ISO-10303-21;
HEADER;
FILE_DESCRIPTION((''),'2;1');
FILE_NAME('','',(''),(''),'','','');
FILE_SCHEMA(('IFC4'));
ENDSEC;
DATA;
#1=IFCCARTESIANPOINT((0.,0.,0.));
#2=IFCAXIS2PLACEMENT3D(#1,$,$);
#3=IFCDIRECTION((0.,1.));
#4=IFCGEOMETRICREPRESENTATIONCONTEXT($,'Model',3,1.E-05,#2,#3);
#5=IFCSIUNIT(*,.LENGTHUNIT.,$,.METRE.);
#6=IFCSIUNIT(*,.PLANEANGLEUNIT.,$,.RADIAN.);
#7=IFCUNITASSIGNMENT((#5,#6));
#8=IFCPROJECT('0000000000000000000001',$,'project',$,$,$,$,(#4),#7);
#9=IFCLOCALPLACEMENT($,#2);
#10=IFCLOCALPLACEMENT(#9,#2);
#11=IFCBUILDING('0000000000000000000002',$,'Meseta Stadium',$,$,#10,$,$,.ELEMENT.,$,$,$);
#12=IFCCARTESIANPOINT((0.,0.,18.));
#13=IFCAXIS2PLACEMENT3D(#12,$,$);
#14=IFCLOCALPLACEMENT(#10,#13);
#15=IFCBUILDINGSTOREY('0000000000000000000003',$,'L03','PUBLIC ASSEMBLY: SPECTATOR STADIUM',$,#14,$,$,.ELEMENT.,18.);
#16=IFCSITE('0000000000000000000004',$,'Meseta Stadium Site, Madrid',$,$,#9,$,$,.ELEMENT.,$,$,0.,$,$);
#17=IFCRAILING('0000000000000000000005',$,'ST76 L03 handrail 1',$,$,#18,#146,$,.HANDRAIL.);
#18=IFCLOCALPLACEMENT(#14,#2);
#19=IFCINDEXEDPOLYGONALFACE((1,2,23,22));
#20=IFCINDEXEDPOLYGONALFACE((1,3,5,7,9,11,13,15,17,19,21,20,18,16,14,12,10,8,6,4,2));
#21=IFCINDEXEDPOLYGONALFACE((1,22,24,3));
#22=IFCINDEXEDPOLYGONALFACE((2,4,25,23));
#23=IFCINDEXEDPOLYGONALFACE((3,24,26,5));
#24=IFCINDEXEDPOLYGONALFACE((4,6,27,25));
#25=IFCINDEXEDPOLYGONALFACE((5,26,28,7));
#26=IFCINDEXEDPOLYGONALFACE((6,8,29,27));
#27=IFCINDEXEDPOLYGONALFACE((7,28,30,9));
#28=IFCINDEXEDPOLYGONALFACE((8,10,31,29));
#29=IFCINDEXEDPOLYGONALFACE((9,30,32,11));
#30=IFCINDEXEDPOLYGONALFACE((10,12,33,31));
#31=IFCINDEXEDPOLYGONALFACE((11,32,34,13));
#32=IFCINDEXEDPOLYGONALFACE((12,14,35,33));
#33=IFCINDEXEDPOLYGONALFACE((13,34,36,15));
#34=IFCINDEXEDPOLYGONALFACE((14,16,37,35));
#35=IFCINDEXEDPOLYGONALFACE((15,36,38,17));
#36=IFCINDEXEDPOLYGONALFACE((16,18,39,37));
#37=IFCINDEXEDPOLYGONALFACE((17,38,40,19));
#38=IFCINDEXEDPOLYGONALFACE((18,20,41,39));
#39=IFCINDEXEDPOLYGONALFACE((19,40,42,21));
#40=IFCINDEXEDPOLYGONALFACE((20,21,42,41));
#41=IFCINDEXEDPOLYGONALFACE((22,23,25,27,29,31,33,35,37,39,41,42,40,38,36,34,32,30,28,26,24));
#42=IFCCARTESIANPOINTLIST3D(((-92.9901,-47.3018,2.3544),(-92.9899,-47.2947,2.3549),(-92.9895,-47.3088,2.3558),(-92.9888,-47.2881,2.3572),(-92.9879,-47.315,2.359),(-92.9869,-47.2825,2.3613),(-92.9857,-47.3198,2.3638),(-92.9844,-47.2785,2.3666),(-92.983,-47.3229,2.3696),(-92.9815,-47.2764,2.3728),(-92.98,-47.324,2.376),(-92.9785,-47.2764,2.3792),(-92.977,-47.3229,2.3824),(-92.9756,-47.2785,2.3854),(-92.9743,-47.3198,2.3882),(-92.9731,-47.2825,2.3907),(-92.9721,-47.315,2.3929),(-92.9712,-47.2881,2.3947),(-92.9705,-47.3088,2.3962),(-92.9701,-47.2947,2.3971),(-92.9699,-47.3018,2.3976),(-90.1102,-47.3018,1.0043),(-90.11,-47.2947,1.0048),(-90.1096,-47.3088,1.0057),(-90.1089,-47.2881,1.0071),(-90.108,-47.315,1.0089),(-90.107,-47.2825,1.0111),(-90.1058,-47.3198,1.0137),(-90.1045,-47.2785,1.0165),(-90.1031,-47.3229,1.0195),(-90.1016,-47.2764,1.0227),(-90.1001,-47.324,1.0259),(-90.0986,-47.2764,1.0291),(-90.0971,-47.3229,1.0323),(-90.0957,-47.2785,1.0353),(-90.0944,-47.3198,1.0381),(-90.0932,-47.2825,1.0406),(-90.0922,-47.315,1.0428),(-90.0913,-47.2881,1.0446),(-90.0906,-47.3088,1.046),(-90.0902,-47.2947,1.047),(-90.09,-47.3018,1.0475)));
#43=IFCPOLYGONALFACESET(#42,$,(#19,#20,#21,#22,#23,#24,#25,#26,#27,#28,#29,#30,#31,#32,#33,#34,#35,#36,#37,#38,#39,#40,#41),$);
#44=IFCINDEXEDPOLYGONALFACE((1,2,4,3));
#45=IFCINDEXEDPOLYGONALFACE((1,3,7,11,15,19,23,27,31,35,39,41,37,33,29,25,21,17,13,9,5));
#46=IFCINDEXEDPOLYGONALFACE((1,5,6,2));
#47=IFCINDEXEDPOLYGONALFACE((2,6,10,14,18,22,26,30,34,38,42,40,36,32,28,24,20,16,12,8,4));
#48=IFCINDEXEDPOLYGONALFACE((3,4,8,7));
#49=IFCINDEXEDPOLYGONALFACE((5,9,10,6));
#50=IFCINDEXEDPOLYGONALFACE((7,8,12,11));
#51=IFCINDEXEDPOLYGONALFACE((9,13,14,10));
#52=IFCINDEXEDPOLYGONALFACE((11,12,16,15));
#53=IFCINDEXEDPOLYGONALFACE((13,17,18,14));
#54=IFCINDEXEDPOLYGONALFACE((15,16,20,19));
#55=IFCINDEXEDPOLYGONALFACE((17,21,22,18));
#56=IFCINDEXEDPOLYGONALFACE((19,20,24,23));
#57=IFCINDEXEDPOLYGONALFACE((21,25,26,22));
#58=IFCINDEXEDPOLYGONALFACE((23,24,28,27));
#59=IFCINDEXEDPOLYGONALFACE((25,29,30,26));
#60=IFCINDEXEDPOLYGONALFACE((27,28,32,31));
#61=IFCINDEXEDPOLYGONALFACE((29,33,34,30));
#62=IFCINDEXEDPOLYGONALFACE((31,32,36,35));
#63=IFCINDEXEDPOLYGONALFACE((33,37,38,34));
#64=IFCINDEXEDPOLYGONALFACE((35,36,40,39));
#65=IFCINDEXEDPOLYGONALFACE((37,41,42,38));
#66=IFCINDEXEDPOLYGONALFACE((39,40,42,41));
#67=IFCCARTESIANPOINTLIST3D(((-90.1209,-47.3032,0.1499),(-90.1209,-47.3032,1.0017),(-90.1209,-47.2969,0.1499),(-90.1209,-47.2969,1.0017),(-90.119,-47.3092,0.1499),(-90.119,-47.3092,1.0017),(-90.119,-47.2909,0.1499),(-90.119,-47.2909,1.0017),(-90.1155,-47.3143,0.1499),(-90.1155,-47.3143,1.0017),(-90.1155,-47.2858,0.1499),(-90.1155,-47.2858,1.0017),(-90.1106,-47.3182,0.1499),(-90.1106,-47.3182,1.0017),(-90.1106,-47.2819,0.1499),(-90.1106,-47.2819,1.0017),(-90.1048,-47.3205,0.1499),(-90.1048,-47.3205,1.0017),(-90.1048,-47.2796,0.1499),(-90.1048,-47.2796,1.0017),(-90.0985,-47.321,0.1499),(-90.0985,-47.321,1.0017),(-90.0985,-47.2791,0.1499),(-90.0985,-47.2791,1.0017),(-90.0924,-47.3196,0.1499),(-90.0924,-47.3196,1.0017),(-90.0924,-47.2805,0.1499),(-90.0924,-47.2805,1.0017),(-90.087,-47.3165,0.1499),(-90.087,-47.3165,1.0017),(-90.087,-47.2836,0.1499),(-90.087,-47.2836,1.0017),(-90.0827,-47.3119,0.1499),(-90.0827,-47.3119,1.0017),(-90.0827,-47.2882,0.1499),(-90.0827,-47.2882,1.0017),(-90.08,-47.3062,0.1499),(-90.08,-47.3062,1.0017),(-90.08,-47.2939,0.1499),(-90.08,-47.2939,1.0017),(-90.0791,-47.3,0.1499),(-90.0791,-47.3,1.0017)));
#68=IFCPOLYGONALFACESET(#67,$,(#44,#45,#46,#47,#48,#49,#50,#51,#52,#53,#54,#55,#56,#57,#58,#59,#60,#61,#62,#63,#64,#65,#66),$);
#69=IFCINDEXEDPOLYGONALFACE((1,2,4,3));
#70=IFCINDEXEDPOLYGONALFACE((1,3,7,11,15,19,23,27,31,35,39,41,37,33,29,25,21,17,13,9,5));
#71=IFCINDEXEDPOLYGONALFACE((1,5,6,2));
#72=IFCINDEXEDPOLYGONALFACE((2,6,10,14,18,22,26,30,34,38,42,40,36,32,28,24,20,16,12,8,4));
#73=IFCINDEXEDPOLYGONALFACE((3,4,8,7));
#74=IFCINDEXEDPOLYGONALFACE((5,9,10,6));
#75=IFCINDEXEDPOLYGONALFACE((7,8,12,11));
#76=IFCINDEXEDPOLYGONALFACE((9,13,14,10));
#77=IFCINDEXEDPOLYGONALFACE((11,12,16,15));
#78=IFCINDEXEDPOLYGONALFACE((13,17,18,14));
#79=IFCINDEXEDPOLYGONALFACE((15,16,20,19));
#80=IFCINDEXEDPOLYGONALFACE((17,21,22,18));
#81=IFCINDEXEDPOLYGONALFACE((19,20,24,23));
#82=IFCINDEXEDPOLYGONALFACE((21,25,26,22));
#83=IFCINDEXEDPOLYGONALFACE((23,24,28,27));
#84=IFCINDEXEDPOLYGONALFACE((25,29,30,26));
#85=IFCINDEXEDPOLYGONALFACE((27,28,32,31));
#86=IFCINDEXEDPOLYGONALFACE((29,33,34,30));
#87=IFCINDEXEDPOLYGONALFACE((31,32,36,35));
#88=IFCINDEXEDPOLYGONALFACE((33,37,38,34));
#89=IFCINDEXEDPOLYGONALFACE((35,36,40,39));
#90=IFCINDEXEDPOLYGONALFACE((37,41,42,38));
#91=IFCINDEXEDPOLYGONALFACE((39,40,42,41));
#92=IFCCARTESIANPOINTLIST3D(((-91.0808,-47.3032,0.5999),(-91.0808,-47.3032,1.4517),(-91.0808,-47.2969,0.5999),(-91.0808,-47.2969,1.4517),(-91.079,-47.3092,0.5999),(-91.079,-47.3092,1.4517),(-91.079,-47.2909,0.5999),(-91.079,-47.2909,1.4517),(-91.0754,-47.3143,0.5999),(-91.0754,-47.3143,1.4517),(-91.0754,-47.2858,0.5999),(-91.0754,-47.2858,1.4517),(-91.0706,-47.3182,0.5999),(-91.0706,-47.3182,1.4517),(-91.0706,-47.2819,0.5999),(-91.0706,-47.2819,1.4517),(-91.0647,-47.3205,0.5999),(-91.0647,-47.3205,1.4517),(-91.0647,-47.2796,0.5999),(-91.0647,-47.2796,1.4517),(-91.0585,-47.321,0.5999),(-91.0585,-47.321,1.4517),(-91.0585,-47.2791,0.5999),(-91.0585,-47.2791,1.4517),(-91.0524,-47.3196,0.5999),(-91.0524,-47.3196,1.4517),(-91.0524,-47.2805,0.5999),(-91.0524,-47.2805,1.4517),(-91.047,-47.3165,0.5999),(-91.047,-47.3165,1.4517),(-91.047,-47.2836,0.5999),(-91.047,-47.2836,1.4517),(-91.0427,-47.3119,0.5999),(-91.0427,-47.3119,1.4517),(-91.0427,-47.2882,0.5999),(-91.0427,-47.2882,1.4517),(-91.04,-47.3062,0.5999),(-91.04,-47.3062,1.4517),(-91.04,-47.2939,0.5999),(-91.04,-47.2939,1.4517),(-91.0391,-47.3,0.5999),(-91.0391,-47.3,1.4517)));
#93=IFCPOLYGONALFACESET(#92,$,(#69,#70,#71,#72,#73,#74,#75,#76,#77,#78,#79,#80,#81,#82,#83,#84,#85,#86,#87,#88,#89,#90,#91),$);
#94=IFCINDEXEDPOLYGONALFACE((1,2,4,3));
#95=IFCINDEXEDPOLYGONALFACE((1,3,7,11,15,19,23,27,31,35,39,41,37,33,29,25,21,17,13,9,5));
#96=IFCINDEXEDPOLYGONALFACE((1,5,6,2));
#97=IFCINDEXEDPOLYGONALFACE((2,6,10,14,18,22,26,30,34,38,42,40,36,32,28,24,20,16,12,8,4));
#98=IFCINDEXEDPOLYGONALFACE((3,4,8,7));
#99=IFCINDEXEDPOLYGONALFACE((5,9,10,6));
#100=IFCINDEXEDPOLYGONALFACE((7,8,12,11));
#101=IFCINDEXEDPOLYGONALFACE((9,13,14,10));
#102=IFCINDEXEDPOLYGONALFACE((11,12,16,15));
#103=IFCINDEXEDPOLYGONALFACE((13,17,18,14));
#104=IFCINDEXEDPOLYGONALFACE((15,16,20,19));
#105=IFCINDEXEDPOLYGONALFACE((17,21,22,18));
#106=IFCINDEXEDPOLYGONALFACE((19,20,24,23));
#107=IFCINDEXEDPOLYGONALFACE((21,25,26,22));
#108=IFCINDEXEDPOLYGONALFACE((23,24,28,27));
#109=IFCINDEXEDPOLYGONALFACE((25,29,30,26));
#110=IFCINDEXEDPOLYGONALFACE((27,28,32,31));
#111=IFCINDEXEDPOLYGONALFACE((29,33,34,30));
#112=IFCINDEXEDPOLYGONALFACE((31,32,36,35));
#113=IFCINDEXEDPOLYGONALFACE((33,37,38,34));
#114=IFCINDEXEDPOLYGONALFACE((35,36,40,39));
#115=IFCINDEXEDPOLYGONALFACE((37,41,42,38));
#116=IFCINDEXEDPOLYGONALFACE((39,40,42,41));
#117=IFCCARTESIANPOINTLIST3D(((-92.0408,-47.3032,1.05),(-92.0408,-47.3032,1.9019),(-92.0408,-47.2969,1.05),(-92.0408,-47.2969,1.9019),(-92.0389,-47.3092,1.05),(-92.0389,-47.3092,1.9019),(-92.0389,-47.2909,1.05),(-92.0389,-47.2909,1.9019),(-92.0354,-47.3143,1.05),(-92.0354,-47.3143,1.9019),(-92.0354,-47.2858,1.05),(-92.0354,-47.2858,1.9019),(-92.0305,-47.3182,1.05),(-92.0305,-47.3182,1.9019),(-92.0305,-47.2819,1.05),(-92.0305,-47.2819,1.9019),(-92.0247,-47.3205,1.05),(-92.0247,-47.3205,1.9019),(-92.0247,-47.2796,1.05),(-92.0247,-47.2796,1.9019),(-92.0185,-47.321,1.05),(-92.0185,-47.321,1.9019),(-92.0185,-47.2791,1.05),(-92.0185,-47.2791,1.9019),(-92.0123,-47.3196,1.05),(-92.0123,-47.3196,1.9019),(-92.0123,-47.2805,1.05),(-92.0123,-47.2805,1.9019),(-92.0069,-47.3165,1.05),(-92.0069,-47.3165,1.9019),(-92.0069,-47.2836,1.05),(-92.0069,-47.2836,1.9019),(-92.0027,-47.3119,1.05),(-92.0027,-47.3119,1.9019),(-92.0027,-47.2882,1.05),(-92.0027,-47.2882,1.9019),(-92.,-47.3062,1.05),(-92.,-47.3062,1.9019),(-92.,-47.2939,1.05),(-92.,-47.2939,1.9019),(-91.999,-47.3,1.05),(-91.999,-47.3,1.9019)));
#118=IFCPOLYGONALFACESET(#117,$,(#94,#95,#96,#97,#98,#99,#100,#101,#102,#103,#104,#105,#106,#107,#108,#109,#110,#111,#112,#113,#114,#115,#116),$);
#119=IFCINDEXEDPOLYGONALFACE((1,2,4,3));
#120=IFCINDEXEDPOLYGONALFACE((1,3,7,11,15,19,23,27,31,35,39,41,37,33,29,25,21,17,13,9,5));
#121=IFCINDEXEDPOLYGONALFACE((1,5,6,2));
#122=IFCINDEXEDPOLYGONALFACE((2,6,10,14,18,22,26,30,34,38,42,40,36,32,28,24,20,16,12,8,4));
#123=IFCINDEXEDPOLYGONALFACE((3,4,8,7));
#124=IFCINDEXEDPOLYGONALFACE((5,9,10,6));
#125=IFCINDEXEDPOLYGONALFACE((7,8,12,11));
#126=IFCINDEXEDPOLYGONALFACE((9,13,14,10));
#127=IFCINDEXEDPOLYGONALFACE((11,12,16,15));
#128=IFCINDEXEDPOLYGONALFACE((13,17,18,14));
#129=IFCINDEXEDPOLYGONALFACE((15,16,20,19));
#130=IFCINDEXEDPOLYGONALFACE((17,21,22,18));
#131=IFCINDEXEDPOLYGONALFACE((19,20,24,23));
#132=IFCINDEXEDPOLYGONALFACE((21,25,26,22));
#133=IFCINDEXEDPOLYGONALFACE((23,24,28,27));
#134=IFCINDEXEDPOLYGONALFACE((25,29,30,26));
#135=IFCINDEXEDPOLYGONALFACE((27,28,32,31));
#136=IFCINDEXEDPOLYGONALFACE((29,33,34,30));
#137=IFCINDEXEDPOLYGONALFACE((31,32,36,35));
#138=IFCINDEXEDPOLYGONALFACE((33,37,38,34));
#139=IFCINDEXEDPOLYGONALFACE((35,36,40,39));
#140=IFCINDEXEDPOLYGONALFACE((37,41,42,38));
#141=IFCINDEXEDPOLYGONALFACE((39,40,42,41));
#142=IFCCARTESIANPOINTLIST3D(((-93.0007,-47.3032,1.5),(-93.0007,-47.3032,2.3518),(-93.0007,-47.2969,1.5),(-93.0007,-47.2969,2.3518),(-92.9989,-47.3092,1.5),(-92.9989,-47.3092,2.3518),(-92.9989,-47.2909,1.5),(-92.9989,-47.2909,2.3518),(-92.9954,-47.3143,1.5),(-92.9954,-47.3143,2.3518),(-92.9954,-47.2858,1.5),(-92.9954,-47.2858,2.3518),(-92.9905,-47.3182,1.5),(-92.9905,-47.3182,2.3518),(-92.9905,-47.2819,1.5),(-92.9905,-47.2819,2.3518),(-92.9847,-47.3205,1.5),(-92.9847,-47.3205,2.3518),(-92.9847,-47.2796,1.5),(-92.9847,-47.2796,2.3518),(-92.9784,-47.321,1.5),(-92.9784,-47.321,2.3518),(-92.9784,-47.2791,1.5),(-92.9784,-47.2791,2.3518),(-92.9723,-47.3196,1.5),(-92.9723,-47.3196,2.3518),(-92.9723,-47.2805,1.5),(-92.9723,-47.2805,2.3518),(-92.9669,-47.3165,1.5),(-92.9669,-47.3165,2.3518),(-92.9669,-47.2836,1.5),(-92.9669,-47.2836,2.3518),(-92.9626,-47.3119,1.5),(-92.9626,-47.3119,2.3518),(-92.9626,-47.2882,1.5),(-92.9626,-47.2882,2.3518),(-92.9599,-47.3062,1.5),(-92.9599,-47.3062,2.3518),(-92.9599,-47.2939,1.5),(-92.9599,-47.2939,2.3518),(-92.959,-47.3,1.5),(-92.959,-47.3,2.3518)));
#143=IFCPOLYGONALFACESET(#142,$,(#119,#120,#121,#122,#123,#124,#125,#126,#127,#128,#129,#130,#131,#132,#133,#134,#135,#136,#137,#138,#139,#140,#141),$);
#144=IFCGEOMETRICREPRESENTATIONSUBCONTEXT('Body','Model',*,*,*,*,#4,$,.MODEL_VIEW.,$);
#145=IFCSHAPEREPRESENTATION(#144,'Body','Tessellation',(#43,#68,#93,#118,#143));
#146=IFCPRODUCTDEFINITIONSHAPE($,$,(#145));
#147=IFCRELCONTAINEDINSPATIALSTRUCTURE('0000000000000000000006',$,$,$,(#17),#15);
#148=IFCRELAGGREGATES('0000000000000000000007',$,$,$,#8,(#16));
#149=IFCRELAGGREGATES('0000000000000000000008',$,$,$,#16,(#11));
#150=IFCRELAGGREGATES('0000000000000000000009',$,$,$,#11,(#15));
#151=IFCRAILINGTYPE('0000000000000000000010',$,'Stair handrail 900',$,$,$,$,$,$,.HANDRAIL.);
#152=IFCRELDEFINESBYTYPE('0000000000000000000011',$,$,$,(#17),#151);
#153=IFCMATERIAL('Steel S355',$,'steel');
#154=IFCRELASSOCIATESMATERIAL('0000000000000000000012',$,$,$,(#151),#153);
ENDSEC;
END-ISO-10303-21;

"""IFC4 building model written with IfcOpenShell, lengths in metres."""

from ifc_helpers import new_model, si_unit, direction, frame, origin, origin_2d, place, context, subcontext, project, spatial, circle, extrude, material, type_object, element, save


model = new_model("IFC4")

# Units and contexts
model_context = context("Model", 3, precision=1e-05, world=origin(), true_north=direction((0.0, 1.0)))
body_context = subcontext(model_context, "Body", "Model", "MODEL_VIEW")
ifc_project = project(units=[si_unit("LENGTHUNIT", "METRE"), si_unit("PLANEANGLEUNIT", "RADIAN")], contexts=[model_context])

# Site, building, storey
site_placement = place(None, origin())
site = spatial("IfcSite", under=ifc_project, at=site_placement, Name="Meseta Stadium Site, Madrid", CompositionType="ELEMENT", RefElevation=0.0)
building_placement = place(site_placement, origin())
building = spatial("IfcBuilding", under=site, at=building_placement, Name="Meseta Stadium", CompositionType="ELEMENT")
storey_placement = place(building_placement, frame((0.0, 0.0, 18.0)))
storey = spatial("IfcBuildingStorey", under=building, at=storey_placement, Name="L03", Description="PUBLIC ASSEMBLY: SPECTATOR STADIUM", CompositionType="ELEMENT", Elevation=18.0)

# Railing
ifc_material_1 = material(Name="Steel S355", Category="steel")
railing_type_1 = type_object("IfcRailingType", Name="Stair handrail 900", PredefinedType="HANDRAIL", material=ifc_material_1)
for number, where, name in (
    (1, (-90.1001, -47.3, 0.1499), "ST76 L03 handrail 1"),
):
    element("IfcRailing", number, at=place(storey_placement, frame(where)), inside=storey, type_object=railing_type_1, Name=name, PredefinedType="HANDRAIL", context=body_context, shape_type="SweptSolid", body=[
        extrude(circle(Radius=0.0239, at=origin_2d()), frame((0.0, 0.0, 0.876), z_axis=(-0.90544, 0.0, 0.424473), x_axis=(0.0, -1.0, 0.0)), (0.0, 0.0, 1.0), 3.1807),
        extrude(circle(Radius=0.021, at=origin_2d()), origin(), (0.0, 0.0, 1.0), 0.8518),
        extrude(circle(Radius=0.021, at=origin_2d()), frame((-0.96, 0.0, 0.45)), (0.0, 0.0, 1.0), 0.8518),
        extrude(circle(Radius=0.021, at=origin_2d()), frame((-1.9199, 0.0, 0.9001)), (0.0, 0.0, 1.0), 0.8518),
        extrude(circle(Radius=0.021, at=origin_2d()), frame((-2.8799, 0.0, 1.3501)), (0.0, 0.0, 1.0), 0.8518),
    ])

save(model, "model.ifc")
